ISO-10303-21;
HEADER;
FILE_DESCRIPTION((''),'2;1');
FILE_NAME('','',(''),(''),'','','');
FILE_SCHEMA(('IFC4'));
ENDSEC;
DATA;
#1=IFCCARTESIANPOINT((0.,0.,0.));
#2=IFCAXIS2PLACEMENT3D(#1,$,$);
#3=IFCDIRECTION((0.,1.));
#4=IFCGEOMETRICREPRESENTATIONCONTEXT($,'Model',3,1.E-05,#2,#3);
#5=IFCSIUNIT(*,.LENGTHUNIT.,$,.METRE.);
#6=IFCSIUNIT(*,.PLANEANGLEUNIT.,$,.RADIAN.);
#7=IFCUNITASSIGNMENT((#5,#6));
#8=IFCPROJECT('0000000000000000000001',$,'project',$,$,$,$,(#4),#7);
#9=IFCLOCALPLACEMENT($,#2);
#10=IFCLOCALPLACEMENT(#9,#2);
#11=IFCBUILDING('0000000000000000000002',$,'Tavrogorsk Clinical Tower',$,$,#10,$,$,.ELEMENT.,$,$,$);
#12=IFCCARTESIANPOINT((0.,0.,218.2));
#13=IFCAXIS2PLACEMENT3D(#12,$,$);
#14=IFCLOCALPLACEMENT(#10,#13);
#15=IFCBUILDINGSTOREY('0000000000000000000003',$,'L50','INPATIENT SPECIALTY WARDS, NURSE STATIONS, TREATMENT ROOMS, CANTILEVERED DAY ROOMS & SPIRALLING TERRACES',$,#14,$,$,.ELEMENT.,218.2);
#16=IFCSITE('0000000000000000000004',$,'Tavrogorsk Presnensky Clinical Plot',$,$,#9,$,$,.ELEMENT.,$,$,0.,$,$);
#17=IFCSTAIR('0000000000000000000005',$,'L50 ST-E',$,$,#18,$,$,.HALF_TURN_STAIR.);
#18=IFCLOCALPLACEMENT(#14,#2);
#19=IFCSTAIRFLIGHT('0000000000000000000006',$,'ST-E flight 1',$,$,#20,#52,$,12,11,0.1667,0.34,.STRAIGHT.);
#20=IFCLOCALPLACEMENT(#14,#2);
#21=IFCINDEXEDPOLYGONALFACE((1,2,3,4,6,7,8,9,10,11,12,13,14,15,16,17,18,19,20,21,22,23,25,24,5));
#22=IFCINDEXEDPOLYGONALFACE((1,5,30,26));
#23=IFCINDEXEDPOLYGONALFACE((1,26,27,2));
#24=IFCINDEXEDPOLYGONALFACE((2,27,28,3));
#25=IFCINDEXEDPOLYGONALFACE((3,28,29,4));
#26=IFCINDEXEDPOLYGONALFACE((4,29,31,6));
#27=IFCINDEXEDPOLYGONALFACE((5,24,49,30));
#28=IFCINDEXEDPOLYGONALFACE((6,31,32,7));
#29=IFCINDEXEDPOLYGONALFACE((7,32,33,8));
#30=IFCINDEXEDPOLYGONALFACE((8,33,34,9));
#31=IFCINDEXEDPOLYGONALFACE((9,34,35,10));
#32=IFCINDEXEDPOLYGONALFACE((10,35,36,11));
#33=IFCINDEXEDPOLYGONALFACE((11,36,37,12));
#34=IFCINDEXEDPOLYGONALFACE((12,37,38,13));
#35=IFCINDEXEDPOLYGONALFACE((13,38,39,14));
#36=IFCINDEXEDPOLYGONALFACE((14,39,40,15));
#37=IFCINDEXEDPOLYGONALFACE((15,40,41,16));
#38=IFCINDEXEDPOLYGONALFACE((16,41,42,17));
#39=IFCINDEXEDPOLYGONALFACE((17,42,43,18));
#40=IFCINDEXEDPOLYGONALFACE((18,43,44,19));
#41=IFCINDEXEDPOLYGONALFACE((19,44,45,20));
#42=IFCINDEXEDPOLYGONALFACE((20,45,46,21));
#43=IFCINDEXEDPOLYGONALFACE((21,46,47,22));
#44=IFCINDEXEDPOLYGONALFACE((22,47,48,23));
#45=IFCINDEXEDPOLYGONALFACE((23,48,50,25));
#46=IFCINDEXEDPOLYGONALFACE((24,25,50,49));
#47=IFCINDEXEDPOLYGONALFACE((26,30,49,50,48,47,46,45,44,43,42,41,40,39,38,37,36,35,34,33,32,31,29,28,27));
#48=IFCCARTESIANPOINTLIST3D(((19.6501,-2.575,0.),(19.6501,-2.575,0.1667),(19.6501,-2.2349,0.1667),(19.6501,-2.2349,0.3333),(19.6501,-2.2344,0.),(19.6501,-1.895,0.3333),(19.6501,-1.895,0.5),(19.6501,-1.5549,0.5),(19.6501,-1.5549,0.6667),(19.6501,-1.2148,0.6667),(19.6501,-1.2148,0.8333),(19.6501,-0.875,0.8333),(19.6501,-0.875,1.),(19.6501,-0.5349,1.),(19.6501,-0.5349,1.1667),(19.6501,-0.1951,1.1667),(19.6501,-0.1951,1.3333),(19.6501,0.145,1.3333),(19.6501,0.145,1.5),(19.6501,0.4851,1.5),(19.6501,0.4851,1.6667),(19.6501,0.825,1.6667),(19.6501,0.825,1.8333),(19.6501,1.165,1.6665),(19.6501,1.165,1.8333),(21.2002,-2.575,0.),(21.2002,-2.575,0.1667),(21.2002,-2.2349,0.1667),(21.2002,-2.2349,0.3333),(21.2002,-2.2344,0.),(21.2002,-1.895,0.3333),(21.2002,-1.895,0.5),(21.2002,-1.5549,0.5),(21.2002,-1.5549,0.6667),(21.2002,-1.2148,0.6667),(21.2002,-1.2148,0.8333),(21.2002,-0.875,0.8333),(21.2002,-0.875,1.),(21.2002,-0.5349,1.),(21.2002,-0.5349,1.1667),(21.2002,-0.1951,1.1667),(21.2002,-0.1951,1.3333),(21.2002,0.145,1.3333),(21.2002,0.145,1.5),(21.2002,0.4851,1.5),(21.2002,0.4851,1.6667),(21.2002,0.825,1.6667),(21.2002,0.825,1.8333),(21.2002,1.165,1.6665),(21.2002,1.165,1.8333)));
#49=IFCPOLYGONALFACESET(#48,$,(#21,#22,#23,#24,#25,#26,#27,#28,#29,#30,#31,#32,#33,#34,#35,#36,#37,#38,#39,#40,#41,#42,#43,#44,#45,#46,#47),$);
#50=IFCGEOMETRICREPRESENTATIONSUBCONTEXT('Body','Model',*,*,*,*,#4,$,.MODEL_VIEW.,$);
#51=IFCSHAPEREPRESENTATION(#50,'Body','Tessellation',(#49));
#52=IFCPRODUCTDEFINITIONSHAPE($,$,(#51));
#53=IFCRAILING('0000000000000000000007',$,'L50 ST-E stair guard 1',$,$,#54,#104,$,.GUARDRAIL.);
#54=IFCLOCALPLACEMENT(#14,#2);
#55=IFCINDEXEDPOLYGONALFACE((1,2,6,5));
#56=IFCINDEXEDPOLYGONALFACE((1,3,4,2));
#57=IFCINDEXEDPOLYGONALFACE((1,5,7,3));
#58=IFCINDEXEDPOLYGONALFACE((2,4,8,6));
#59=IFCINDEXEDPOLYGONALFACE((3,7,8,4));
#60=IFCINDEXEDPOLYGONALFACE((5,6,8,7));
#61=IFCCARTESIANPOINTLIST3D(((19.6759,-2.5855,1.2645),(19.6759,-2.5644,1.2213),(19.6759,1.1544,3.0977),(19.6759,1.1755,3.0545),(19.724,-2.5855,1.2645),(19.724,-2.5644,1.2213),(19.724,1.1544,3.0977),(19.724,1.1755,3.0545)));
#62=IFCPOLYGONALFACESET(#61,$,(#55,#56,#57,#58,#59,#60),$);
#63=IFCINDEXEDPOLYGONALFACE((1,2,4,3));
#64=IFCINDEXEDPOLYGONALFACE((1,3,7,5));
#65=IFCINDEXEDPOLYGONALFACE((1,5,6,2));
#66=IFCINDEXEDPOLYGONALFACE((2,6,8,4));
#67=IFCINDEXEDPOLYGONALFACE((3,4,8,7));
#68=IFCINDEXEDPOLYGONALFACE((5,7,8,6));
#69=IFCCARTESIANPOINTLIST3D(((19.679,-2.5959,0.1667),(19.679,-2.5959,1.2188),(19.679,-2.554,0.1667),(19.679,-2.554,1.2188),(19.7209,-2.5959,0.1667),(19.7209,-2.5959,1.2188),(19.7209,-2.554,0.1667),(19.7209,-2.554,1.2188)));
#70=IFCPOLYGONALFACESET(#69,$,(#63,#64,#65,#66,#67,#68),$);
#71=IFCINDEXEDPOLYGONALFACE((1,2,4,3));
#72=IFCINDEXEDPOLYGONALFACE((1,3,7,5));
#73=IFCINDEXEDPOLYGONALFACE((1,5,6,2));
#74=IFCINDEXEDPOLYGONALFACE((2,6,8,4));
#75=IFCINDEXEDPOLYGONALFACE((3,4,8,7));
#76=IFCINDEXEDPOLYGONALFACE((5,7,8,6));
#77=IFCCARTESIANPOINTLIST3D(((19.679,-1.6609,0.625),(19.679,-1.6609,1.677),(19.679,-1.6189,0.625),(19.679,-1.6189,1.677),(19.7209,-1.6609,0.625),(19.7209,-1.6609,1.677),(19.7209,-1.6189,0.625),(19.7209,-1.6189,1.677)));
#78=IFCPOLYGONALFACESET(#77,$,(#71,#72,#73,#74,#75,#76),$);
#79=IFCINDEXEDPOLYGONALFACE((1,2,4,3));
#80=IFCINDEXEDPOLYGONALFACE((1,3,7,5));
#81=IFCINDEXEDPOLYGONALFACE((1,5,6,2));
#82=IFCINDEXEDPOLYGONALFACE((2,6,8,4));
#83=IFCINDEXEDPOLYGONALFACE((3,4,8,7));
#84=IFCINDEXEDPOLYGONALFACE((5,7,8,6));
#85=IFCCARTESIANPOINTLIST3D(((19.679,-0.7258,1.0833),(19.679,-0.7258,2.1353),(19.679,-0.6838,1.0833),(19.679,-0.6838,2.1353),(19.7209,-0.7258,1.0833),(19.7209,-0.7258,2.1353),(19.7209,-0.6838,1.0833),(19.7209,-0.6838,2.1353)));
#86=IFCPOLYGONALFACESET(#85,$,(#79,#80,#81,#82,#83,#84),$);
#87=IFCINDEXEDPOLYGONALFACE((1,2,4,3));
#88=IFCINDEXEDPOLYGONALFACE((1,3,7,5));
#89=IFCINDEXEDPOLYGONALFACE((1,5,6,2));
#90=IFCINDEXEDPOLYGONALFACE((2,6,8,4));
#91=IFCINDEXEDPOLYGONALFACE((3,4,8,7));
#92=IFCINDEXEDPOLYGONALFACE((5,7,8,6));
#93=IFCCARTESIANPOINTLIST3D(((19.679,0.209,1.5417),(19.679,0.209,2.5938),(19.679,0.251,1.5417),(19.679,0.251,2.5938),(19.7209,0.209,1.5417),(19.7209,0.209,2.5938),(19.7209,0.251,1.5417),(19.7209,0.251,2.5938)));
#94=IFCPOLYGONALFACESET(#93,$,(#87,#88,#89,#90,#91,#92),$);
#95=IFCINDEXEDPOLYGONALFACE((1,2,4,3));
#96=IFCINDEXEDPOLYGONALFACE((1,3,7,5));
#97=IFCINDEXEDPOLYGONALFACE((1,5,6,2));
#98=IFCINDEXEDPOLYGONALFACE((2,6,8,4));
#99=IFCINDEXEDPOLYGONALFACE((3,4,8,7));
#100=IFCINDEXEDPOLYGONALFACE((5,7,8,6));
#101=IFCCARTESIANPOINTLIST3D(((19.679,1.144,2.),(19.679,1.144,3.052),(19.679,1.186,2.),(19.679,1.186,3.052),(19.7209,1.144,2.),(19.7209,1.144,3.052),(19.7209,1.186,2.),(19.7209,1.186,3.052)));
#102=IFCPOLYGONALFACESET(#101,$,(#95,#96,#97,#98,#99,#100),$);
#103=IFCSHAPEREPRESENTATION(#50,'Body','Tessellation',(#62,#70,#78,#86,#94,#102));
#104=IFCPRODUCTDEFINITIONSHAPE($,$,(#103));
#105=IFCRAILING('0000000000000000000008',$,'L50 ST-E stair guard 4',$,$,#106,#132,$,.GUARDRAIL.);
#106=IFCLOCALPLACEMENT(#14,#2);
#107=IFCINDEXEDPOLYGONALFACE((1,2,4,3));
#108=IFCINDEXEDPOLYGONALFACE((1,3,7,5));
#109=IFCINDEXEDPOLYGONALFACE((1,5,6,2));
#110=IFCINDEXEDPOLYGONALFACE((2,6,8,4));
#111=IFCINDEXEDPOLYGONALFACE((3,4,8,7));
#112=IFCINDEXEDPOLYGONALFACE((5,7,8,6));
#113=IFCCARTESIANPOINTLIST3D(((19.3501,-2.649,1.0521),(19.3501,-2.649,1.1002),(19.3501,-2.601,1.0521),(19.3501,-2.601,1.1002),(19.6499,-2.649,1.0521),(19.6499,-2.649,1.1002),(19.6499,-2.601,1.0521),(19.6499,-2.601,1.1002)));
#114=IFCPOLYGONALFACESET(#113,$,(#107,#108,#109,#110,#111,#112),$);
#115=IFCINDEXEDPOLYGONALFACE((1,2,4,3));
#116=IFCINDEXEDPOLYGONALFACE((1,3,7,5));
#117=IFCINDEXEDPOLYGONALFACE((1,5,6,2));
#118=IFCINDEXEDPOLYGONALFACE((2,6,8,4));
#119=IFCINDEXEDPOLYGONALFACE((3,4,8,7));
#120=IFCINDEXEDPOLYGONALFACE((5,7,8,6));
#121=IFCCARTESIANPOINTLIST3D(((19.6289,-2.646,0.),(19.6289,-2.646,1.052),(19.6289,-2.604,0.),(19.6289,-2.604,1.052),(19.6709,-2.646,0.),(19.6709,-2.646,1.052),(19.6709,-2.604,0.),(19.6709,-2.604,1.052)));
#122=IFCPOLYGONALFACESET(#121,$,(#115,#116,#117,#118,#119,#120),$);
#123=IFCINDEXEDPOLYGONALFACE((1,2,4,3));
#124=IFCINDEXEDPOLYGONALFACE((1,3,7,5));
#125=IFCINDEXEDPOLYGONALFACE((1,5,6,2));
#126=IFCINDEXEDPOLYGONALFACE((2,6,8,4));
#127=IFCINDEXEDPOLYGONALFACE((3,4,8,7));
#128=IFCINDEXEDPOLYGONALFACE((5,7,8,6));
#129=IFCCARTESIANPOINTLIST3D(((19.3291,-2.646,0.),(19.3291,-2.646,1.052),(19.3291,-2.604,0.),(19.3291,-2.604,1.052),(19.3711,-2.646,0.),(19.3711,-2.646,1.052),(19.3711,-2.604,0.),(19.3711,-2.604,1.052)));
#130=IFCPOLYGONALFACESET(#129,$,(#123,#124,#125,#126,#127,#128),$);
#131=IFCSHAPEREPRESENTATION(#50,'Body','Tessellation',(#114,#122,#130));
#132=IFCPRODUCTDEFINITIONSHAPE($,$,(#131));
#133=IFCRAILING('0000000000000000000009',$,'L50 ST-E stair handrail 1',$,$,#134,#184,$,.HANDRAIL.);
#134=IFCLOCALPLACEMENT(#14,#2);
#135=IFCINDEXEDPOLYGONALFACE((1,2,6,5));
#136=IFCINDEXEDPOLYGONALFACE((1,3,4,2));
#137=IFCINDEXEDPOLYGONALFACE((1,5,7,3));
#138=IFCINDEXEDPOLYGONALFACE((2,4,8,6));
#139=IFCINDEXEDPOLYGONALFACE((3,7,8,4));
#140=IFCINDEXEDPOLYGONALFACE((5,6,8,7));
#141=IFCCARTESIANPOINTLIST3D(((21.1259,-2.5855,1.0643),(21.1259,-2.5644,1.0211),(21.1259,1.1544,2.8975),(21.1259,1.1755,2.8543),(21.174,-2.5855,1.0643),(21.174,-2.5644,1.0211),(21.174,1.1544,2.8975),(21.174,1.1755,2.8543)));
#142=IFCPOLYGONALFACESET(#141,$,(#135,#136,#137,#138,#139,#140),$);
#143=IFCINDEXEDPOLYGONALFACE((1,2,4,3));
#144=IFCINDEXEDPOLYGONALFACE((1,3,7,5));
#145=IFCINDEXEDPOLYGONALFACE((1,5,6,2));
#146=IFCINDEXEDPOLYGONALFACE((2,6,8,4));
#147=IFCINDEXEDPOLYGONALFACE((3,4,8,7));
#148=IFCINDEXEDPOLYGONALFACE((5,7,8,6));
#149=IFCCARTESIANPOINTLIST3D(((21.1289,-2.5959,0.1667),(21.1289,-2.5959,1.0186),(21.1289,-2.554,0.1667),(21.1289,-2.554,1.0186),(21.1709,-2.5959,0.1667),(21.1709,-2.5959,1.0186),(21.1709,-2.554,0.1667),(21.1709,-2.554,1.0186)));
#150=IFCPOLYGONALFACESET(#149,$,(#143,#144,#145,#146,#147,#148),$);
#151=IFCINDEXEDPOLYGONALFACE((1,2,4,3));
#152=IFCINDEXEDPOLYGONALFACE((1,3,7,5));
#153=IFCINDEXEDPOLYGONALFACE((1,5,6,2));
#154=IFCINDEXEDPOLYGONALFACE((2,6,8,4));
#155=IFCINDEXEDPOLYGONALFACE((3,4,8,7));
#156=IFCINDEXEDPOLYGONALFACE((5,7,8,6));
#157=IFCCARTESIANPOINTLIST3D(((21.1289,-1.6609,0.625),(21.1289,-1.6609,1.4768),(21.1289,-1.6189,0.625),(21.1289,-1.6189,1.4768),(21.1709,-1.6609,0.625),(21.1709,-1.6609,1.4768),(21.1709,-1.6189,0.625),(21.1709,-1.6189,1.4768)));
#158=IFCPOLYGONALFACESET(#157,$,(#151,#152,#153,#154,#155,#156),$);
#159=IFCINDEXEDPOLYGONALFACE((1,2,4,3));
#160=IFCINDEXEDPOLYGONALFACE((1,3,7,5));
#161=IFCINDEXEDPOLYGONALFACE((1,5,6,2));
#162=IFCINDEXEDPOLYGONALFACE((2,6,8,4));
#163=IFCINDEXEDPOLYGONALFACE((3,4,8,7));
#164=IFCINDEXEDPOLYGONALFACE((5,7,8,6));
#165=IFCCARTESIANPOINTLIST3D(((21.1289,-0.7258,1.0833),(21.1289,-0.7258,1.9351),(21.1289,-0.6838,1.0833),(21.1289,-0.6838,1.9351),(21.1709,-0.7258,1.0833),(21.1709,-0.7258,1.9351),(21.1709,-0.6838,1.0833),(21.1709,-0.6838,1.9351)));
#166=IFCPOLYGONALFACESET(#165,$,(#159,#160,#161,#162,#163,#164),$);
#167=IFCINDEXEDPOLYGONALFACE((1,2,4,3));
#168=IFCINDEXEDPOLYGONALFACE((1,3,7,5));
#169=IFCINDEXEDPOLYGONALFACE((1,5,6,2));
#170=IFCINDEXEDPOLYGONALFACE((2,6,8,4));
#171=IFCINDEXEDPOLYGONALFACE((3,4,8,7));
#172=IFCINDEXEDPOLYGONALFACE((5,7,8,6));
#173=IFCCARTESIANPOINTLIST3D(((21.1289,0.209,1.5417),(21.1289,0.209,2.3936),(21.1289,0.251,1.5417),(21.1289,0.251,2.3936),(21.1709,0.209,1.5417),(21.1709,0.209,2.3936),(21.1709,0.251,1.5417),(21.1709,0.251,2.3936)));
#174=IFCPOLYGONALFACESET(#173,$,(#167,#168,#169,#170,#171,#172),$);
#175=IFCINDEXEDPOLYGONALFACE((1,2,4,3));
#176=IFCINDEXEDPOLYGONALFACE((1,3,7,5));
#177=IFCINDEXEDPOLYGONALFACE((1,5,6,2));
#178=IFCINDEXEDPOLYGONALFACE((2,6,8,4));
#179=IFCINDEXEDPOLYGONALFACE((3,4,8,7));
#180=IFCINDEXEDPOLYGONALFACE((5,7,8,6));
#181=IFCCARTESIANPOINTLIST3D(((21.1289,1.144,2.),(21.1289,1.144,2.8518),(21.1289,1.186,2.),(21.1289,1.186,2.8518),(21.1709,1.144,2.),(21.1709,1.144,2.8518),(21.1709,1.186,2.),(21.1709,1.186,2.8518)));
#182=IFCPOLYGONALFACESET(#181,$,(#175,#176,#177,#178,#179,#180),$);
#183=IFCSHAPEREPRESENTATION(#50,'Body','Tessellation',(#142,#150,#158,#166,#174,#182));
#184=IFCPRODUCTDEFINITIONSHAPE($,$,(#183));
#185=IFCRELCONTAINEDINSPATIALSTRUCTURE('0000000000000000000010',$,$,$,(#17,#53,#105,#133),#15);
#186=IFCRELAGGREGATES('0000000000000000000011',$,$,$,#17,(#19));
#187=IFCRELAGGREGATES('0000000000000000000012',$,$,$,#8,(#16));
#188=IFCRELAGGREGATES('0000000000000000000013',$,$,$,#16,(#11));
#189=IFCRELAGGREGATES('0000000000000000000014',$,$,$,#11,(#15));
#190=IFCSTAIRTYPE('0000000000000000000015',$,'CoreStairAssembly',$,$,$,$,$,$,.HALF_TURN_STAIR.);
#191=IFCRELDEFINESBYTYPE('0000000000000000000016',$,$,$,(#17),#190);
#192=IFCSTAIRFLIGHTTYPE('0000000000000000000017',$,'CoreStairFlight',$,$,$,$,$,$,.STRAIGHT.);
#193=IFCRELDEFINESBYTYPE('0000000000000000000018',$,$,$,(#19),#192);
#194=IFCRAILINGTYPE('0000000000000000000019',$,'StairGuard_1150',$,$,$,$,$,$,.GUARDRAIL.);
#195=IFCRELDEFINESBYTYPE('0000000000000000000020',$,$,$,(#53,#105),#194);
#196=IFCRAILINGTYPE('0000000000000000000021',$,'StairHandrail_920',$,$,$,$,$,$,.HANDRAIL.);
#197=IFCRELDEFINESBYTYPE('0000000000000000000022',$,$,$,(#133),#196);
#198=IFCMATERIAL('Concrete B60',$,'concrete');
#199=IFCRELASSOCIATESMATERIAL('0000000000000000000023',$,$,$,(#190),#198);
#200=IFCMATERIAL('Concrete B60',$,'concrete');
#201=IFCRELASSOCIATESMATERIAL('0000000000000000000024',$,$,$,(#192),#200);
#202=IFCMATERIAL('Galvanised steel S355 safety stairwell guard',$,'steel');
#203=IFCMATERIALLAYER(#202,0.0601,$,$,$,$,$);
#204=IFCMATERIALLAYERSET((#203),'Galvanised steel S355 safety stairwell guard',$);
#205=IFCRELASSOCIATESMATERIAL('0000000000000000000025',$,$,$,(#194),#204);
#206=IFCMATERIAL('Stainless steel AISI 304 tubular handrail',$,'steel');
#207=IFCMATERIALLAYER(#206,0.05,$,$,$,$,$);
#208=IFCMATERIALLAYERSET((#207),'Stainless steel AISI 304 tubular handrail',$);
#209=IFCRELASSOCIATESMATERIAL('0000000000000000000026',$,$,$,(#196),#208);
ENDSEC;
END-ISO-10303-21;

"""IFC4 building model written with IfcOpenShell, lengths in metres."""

from ifc_helpers import new_model, si_unit, direction, frame, origin, origin_2d, place, context, subcontext, project, spatial, polyline, rectangle, outline, extrude, material, layer, layer_set, type_object, element, aggregate, save


model = new_model("IFC4")

# Units and contexts
model_context = context("Model", 3, precision=1e-05, world=origin(), true_north=direction((0.0, 1.0)))
body_context = subcontext(model_context, "Body", "Model", "MODEL_VIEW")
ifc_project = project(units=[si_unit("LENGTHUNIT", "METRE"), si_unit("PLANEANGLEUNIT", "RADIAN")], contexts=[model_context])

# Site, building, storey
site_placement = place(None, origin())
site = spatial("IfcSite", under=ifc_project, at=site_placement, Name="Tavrogorsk Presnensky Clinical Plot", CompositionType="ELEMENT", RefElevation=0.0)
building_placement = place(site_placement, origin())
building = spatial("IfcBuilding", under=site, at=building_placement, Name="Tavrogorsk Clinical Tower", CompositionType="ELEMENT")
storey_placement = place(building_placement, frame((0.0, 0.0, 218.2)))
storey = spatial("IfcBuildingStorey", under=building, at=storey_placement, Name="L50", Description="INPATIENT SPECIALTY WARDS, NURSE STATIONS, TREATMENT ROOMS, CANTILEVERED DAY ROOMS & SPIRALLING TERRACES", CompositionType="ELEMENT", Elevation=218.2)

# Stair, stair flight
ifc_material_1 = material(Name="Concrete B60", Category="concrete")
stair_type = type_object("IfcStairType", Name="CoreStairAssembly", PredefinedType="HALF_TURN_STAIR", material=ifc_material_1)
stair_placement = place(storey_placement, origin())
stair = element("IfcStair", 1, at=stair_placement, inside=storey, type_object=stair_type, Name="L50 ST-E", PredefinedType="HALF_TURN_STAIR")
ifc_material_2 = material(Name="Concrete B60", Category="concrete")
stair_flight_type = type_object("IfcStairFlightType", Name="CoreStairFlight", PredefinedType="STRAIGHT", material=ifc_material_2)
stair_flight_placement = place(storey_placement, frame((20.425, -2.575, 0.0), z_axis=(0.0, 0.0, 1.0), x_axis=(0.0, 1.0, 0.0)))
stair_flight = element("IfcStairFlight", 2, at=stair_flight_placement, type_object=stair_flight_type, Name="ST-E flight 1", NumberOfRisers=12, NumberOfTreads=11, PredefinedType="STRAIGHT", RiserHeight=0.1667, TreadLength=0.34, context=body_context, shape_type="SweptSolid", body=[
    extrude(outline(polyline([(0.0, 0.0), (0.0, 0.1667), (0.3401, 0.1667), (0.3401, 0.3333), (0.6799, 0.3333), (0.6799, 0.5), (1.02, 0.5), (1.02, 0.6667), (1.3601, 0.6667), (1.3601, 0.8333), (1.7, 0.8333), (1.7, 1.0), (2.04, 1.0), (2.04, 1.1667), (2.3799, 1.1667), (2.3799, 1.3333), (2.72, 1.3333), (2.72, 1.5), (3.0601, 1.5), (3.0601, 1.6667), (3.3999, 1.6667), (3.3999, 1.8333), (3.74, 1.8333), (3.74, 2.0), (3.74, 1.6665), (0.3406, 0.0), (0.0, 0.0)])), frame((0.0, 0.7749, 0.0), z_axis=(0.0, -1.0, 0.0), x_axis=(1.0, 0.0, 0.0)), (0.0, 0.0, 1.0), 1.55),
])
aggregate(stair, [stair_flight])

# Railings
ifc_material_3 = material(Name="Galvanised steel S355 safety stairwell guard", Category="steel")
ifc_layer_1 = layer(ifc_material_3, 0.0601)
ifc_layer_set_1 = layer_set([ifc_layer_1], Name="Galvanised steel S355 safety stairwell guard")
railing_type_1 = type_object("IfcRailingType", Name="StairGuard_1150", PredefinedType="GUARDRAIL", material=ifc_layer_set_1)
railing_1_placement = place(storey_placement, frame((19.7, -2.575, 0.1667)))
element("IfcRailing", 3, at=railing_1_placement, inside=storey, type_object=railing_type_1, Name="L50 ST-E stair guard 1", PredefinedType="GUARDRAIL", context=body_context, shape_type="SweptSolid", body=[
    extrude(rectangle(XDim=0.0481, YDim=0.0481, at=origin_2d()), frame((0.0, 0.0, 1.0762), z_axis=(0.0, 0.897928, 0.440142), x_axis=(-1.0, 0.0, 0.0)), (0.0, 0.0, 1.0), 4.165),
    extrude(rectangle(XDim=0.042, YDim=0.042, at=origin_2d()), origin(), (0.0, 0.0, 1.0), 1.052),
    extrude(rectangle(XDim=0.042, YDim=0.042, at=origin_2d()), frame((0.0, 0.9351, 0.4583)), (0.0, 0.0, 1.0), 1.052),
    extrude(rectangle(XDim=0.042, YDim=0.042, at=origin_2d()), frame((0.0, 1.8701, 0.9165)), (0.0, 0.0, 1.0), 1.052),
    extrude(rectangle(XDim=0.042, YDim=0.042, at=origin_2d()), frame((0.0, 2.8049, 1.375)), (0.0, 0.0, 1.0), 1.052),
    extrude(rectangle(XDim=0.042, YDim=0.042, at=origin_2d()), frame((0.0, 3.74, 1.8333)), (0.0, 0.0, 1.0), 1.052),
])
railing_2_placement = place(storey_placement, frame((19.6499, -2.625, 0.0)))
element("IfcRailing", 4, at=railing_2_placement, inside=storey, type_object=railing_type_1, Name="L50 ST-E stair guard 4", PredefinedType="GUARDRAIL", context=body_context, shape_type="SweptSolid", body=[
    extrude(rectangle(XDim=0.0481, YDim=0.0481, at=origin_2d()), frame((0.0, 0.0, 1.0762), z_axis=(-1.0, 0.0, 0.0), x_axis=(0.0, -1.0, 0.0)), (0.0, 0.0, 1.0), 0.2998),
    extrude(rectangle(XDim=0.042, YDim=0.042, at=origin_2d()), origin(), (0.0, 0.0, 1.0), 1.052),
    extrude(rectangle(XDim=0.042, YDim=0.042, at=origin_2d()), frame((-0.2998, 0.0, 0.0)), (0.0, 0.0, 1.0), 1.052),
])
ifc_material_4 = material(Name="Stainless steel AISI 304 tubular handrail", Category="steel")
ifc_layer_2 = layer(ifc_material_4, 0.05)
ifc_layer_set_2 = layer_set([ifc_layer_2], Name="Stainless steel AISI 304 tubular handrail")
railing_type_2 = type_object("IfcRailingType", Name="StairHandrail_920", PredefinedType="HANDRAIL", material=ifc_layer_set_2)
railing_3_placement = place(storey_placement, frame((21.1499, -2.575, 0.1667)))
element("IfcRailing", 5, at=railing_3_placement, inside=storey, type_object=railing_type_2, Name="L50 ST-E stair handrail 1", PredefinedType="HANDRAIL", context=body_context, shape_type="SweptSolid", body=[
    extrude(rectangle(XDim=0.0481, YDim=0.0481, at=origin_2d()), frame((0.0, 0.0, 0.876), z_axis=(0.0, 0.897928, 0.440142), x_axis=(-1.0, 0.0, 0.0)), (0.0, 0.0, 1.0), 4.165),
    extrude(rectangle(XDim=0.042, YDim=0.042, at=origin_2d()), origin(), (0.0, 0.0, 1.0), 0.8518),
    extrude(rectangle(XDim=0.042, YDim=0.042, at=origin_2d()), frame((0.0, 0.9351, 0.4583)), (0.0, 0.0, 1.0), 0.8518),
    extrude(rectangle(XDim=0.042, YDim=0.042, at=origin_2d()), frame((0.0, 1.8701, 0.9165)), (0.0, 0.0, 1.0), 0.8518),
    extrude(rectangle(XDim=0.042, YDim=0.042, at=origin_2d()), frame((0.0, 2.8049, 1.375)), (0.0, 0.0, 1.0), 0.8518),
    extrude(rectangle(XDim=0.042, YDim=0.042, at=origin_2d()), frame((0.0, 3.74, 1.8333)), (0.0, 0.0, 1.0), 0.8518),
])

save(model, "model.ifc")
